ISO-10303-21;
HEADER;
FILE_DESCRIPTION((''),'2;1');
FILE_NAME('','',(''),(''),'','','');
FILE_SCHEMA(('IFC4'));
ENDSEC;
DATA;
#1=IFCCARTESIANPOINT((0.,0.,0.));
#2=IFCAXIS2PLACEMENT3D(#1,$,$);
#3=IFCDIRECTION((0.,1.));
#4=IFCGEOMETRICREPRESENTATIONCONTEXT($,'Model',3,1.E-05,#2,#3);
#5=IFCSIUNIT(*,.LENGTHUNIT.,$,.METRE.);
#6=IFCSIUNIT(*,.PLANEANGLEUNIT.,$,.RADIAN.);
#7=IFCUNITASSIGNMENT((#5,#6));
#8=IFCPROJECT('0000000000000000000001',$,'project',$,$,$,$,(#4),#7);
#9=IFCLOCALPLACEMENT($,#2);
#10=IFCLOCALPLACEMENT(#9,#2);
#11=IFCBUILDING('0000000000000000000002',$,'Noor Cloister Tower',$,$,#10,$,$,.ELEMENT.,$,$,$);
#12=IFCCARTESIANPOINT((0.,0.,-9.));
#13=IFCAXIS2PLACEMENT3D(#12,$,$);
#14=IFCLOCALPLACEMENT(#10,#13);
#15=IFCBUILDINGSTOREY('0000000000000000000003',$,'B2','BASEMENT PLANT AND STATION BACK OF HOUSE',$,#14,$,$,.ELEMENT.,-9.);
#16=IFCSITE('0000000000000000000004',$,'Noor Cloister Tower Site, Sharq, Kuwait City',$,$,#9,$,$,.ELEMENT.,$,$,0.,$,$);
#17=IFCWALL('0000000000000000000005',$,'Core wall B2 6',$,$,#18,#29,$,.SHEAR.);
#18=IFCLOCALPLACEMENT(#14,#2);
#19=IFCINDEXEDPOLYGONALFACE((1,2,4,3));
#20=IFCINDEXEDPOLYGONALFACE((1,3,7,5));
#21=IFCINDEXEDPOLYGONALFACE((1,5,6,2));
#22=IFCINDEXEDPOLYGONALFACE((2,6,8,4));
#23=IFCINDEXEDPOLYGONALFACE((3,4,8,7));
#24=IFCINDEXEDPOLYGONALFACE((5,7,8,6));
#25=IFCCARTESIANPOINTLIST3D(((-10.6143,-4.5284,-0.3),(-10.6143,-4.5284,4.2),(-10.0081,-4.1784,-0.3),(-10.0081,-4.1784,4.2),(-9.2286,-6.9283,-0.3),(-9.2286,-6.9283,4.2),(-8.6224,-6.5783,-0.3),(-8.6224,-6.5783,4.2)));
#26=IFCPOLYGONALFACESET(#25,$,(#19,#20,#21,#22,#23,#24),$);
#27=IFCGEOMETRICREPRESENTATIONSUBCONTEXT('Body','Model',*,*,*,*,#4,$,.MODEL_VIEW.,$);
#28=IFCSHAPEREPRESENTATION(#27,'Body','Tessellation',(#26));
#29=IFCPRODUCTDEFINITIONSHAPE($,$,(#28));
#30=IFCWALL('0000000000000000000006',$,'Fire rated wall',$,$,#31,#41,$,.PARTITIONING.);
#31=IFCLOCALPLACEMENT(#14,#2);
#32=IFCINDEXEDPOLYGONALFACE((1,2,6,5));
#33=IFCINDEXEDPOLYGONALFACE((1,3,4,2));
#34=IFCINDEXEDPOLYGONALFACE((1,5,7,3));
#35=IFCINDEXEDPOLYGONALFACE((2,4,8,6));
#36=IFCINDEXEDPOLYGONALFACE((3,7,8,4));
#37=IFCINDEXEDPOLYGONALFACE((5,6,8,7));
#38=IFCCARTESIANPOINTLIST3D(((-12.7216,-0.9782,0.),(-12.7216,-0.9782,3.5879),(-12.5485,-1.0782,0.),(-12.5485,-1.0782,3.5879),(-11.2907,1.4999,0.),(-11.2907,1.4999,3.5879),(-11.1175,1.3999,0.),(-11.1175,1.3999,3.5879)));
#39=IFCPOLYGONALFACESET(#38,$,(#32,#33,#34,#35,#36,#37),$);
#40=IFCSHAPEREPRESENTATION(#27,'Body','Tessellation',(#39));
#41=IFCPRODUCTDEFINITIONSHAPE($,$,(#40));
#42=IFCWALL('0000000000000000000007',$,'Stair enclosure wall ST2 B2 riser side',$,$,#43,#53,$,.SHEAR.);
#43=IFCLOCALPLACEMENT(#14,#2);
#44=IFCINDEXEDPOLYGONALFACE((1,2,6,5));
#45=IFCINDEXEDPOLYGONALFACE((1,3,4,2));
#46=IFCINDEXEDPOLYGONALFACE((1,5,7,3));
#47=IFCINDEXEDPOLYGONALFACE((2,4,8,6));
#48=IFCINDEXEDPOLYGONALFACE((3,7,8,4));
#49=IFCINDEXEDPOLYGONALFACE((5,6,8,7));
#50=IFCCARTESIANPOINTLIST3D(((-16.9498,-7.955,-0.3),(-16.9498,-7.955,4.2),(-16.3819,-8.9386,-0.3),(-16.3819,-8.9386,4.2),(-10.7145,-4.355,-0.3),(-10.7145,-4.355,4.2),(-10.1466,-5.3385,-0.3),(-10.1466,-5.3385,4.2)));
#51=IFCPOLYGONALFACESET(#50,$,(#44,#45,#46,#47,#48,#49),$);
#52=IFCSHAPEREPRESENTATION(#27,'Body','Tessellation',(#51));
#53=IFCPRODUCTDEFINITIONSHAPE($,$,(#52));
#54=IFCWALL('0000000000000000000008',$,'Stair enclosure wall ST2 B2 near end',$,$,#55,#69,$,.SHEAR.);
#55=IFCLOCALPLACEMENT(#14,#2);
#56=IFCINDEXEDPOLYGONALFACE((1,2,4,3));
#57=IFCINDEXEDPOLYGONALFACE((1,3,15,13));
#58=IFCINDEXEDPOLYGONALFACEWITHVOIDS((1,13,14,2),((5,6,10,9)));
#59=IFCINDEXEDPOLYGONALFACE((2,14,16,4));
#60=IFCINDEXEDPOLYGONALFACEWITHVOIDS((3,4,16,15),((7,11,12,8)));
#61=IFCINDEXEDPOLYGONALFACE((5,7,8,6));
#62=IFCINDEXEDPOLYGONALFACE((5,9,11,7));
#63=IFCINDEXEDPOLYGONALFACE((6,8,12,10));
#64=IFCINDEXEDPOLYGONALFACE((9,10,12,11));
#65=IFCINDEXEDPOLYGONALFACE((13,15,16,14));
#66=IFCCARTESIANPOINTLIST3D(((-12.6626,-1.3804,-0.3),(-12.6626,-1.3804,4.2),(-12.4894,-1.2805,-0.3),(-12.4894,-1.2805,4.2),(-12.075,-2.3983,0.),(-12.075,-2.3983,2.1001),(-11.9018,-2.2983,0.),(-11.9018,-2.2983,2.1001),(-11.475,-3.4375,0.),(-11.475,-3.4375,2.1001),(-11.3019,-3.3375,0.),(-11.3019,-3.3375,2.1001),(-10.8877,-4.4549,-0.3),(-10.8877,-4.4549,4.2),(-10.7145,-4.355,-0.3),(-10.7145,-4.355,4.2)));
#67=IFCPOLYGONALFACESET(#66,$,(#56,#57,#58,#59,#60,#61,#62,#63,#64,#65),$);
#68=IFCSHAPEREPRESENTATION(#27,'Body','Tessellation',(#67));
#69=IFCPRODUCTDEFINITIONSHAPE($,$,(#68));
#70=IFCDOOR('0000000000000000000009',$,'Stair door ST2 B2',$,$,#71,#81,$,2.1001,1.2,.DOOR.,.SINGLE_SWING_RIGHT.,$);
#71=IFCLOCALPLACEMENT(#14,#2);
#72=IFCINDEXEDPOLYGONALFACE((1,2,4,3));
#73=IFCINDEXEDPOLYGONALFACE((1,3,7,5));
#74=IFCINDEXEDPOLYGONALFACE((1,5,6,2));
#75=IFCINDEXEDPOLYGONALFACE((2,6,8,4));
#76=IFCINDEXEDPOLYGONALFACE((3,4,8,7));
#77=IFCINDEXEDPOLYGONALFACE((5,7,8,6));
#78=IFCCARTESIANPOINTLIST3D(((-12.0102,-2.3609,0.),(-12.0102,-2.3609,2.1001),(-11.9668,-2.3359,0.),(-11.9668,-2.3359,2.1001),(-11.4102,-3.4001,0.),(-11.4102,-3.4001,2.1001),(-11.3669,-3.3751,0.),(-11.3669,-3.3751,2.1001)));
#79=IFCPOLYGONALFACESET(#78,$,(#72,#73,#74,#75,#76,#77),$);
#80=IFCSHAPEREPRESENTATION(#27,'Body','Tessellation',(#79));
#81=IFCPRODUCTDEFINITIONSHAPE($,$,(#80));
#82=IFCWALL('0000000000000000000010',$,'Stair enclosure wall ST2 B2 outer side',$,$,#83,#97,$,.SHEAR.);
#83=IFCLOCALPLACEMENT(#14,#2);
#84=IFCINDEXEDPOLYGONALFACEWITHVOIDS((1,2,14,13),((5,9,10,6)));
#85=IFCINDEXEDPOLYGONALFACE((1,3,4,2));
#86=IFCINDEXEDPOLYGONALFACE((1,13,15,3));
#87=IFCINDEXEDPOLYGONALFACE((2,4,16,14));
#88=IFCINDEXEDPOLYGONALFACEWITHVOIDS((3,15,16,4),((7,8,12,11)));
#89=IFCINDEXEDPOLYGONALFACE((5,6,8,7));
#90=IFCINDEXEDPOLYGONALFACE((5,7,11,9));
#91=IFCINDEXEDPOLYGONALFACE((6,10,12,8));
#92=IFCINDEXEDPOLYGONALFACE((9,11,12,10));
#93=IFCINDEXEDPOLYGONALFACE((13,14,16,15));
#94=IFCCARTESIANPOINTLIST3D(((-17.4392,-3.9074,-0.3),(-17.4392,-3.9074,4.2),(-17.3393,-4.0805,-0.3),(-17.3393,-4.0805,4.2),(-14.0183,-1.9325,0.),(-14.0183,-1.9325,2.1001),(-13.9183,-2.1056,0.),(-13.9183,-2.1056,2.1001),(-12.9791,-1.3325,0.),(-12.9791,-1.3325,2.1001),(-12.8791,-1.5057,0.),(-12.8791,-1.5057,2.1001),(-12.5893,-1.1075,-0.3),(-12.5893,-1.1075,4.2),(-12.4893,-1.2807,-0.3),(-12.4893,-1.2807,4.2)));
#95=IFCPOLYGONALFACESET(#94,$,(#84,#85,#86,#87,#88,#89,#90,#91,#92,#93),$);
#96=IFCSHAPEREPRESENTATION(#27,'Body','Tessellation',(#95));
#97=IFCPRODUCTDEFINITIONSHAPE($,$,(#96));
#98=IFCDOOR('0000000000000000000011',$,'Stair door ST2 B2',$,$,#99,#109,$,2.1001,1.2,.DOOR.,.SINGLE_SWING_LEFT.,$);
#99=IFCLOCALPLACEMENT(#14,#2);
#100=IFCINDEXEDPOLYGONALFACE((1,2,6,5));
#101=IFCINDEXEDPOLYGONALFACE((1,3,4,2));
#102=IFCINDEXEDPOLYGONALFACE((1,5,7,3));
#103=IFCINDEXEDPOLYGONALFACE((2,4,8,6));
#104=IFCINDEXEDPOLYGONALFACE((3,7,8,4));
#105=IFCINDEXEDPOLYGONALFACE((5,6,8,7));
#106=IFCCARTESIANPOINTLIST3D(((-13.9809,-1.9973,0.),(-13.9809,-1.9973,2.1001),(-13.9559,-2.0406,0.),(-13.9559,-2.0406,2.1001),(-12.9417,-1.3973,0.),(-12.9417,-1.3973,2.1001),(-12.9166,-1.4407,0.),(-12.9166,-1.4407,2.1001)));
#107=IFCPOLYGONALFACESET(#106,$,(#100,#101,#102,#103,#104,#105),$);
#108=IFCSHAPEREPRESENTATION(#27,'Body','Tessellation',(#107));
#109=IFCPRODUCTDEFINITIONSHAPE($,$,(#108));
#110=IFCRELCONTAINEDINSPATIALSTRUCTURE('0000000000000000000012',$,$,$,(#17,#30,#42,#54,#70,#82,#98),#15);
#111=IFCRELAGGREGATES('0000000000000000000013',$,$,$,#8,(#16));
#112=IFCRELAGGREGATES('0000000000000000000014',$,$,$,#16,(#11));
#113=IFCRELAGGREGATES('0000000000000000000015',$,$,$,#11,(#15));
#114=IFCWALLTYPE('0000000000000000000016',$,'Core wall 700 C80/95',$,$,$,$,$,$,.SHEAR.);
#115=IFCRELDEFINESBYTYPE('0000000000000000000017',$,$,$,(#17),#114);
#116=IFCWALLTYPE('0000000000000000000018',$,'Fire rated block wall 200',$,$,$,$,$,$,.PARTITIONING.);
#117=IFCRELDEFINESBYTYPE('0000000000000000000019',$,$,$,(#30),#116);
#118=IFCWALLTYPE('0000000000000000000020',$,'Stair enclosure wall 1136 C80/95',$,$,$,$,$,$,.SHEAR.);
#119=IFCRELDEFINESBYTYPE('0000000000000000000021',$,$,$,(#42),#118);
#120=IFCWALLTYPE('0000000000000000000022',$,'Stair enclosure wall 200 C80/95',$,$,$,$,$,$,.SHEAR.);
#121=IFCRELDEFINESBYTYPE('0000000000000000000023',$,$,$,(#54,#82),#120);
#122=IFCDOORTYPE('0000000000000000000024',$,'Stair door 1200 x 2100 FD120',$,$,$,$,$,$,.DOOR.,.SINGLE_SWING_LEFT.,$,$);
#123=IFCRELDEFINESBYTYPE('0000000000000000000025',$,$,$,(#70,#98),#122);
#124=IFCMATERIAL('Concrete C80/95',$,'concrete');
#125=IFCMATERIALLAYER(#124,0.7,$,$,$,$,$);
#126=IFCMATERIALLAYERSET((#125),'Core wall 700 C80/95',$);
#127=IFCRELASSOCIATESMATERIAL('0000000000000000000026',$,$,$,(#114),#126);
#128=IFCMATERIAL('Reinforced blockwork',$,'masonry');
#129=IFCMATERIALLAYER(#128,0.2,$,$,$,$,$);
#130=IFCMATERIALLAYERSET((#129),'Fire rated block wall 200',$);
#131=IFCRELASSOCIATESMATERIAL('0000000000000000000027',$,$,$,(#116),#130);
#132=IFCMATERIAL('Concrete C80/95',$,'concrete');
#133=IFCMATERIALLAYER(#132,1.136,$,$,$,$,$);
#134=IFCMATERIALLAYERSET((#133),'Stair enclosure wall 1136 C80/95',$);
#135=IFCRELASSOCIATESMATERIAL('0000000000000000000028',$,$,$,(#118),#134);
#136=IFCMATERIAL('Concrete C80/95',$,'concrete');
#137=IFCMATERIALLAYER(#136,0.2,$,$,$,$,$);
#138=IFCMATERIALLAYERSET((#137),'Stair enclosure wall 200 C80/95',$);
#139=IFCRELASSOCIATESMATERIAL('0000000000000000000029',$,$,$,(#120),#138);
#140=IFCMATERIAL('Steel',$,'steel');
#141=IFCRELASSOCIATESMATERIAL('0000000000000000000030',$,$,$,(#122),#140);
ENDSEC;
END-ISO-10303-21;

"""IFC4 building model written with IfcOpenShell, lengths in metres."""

from ifc_helpers import new_model, si_unit, direction, frame, frame_2d, origin, place, context, subcontext, project, spatial, rectangle, extrude, material, layer, layer_set, type_object, element, fill, save


model = new_model("IFC4")

# Units and contexts
model_context = context("Model", 3, precision=1e-05, world=origin(), true_north=direction((0.0, 1.0)))
body_context = subcontext(model_context, "Body", "Model", "MODEL_VIEW")
ifc_project = project(units=[si_unit("LENGTHUNIT", "METRE"), si_unit("PLANEANGLEUNIT", "RADIAN")], contexts=[model_context])

# Site, building, storey
site_placement = place(None, origin())
site = spatial("IfcSite", under=ifc_project, at=site_placement, Name="Noor Cloister Tower Site, Sharq, Kuwait City", CompositionType="ELEMENT", RefElevation=0.0)
building_placement = place(site_placement, origin())
building = spatial("IfcBuilding", under=site, at=building_placement, Name="Noor Cloister Tower", CompositionType="ELEMENT")
storey_placement = place(building_placement, frame((0.0, 0.0, -9.0)))
storey = spatial("IfcBuildingStorey", under=building, at=storey_placement, Name="B2", Description="BASEMENT PLANT AND STATION BACK OF HOUSE", CompositionType="ELEMENT", Elevation=-9.0)

# Walls
ifc_material_1 = material(Name="Concrete C80/95", Category="concrete")
ifc_layer_1 = layer(ifc_material_1, 0.7)
ifc_layer_set_1 = layer_set([ifc_layer_1], Name="Core wall 700 C80/95")
wall_type_1 = type_object("IfcWallType", Name="Core wall 700 C80/95", PredefinedType="SHEAR", material=ifc_layer_set_1)
wall_1_placement = place(storey_placement, frame((-10.3113, -4.3533, -0.3), z_axis=(0.0, 0.0, 1.0), x_axis=(0.500043, -0.866001, 0.0)))
element("IfcWall", 1, at=wall_1_placement, inside=storey, type_object=wall_type_1, Name="Core wall B2 6", PredefinedType="SHEAR", context=body_context, shape_type="SweptSolid", body=[
    extrude(rectangle(XDim=2.7712, YDim=0.7, at=frame_2d((1.3857, 0.0))), origin(), (0.0, 0.0, 1.0), 4.5),
])
ifc_material_2 = material(Name="Reinforced blockwork", Category="masonry")
ifc_layer_2 = layer(ifc_material_2, 0.2)
ifc_layer_set_2 = layer_set([ifc_layer_2], Name="Fire rated block wall 200")
wall_type_2 = type_object("IfcWallType", Name="Fire rated block wall 200", PredefinedType="PARTITIONING", material=ifc_layer_set_2)
wall_2_placement = place(storey_placement, frame((-12.635, -1.0281, 0.0), z_axis=(0.0, 0.0, 1.0), x_axis=(0.500057, 0.865992, 0.0)))
element("IfcWall", 2, at=wall_2_placement, inside=storey, type_object=wall_type_2, Name="Fire rated wall", PredefinedType="PARTITIONING", context=body_context, shape_type="SweptSolid", body=[
    extrude(rectangle(XDim=2.8616, YDim=0.2, at=frame_2d((1.4307, 0.0))), origin(), (0.0, 0.0, 1.0), 3.5879),
])
ifc_material_3 = material(Name="Concrete C80/95", Category="concrete")
ifc_layer_3 = layer(ifc_material_3, 1.136)
ifc_layer_set_3 = layer_set([ifc_layer_3], Name="Stair enclosure wall 1136 C80/95")
wall_type_3 = type_object("IfcWallType", Name="Stair enclosure wall 1136 C80/95", PredefinedType="SHEAR", material=ifc_layer_set_3)
wall_3_placement = place(storey_placement, frame((-10.4304, -4.8467, -0.3), z_axis=(0.0, 0.0, 1.0), x_axis=(-0.866018, -0.500012, 0.0)))
element("IfcWall", 3, at=wall_3_placement, inside=storey, type_object=wall_type_3, Name="Stair enclosure wall ST2 B2 riser side", PredefinedType="SHEAR", context=body_context, shape_type="SweptSolid", body=[
    extrude(rectangle(XDim=7.2, YDim=1.1357, at=frame_2d((3.6001, 0.0))), origin(), (0.0, 0.0, 1.0), 4.5),
])

# Walls, openings, doors
ifc_material_4 = material(Name="Concrete C80/95", Category="concrete")
ifc_layer_4 = layer(ifc_material_4, 0.2)
ifc_layer_set_4 = layer_set([ifc_layer_4], Name="Stair enclosure wall 200 C80/95")
wall_type_4 = type_object("IfcWallType", Name="Stair enclosure wall 200 C80/95", PredefinedType="SHEAR", material=ifc_layer_set_4)
wall_4_placement = place(storey_placement, frame((-12.5759, -1.3306, -0.3), z_axis=(0.0, 0.0, 1.0), x_axis=(0.49997, -0.866042, 0.0)))
wall_4 = element("IfcWall", 4, at=wall_4_placement, inside=storey, type_object=wall_type_4, Name="Stair enclosure wall ST2 B2 near end", PredefinedType="SHEAR", context=body_context, shape_type="SweptSolid", body=[
    extrude(rectangle(XDim=3.55, YDim=0.2, at=frame_2d((1.7749, 0.0))), origin(), (0.0, 0.0, 1.0), 4.5),
])
opening_1_placement = place(wall_4_placement, frame((1.175, 0.0, 0.3)))
opening_1 = element("IfcOpeningElement", 5, at=opening_1_placement, cuts=wall_4, PredefinedType="OPENING", context=body_context, shape_type="SweptSolid", body=[
    extrude(rectangle(XDim=1.2, YDim=2.1001, at=frame_2d((0.6001, 1.05))), frame((0.0, 0.1099, 0.0), z_axis=(0.0, -1.0, 0.0), x_axis=(1.0, 0.0, 0.0)), (0.0, 0.0, 1.0), 0.22),
])
ifc_material_5 = material(Name="Steel", Category="steel")
door_type_1 = type_object("IfcDoorType", Name="Stair door 1200 x 2100 FD120", OperationType="SINGLE_SWING_LEFT", PredefinedType="DOOR", material=ifc_material_5)
door_1_placement = place(opening_1_placement, origin())
door_1 = element("IfcDoor", 6, at=door_1_placement, inside=storey, type_object=door_type_1, Name="Stair door ST2 B2", OperationType="SINGLE_SWING_RIGHT", OverallHeight=2.1001, OverallWidth=1.2, PredefinedType="DOOR", context=body_context, shape_type="SweptSolid", body=[
    extrude(rectangle(XDim=1.2, YDim=2.1001, at=frame_2d((0.6001, 1.05))), frame((0.0, 0.0249, 0.0), z_axis=(0.0, -1.0, 0.0), x_axis=(1.0, 0.0, 0.0)), (0.0, 0.0, 1.0), 0.05),
])
fill(opening_1, door_1)
wall_5_placement = place(storey_placement, frame((-12.5393, -1.1941, -0.3), z_axis=(0.0, 0.0, 1.0), x_axis=(-0.866045, -0.499965, 0.0)))
wall_5 = element("IfcWall", 7, at=wall_5_placement, inside=storey, type_object=wall_type_4, Name="Stair enclosure wall ST2 B2 outer side", PredefinedType="SHEAR", context=body_context, shape_type="SweptSolid", body=[
    extrude(rectangle(XDim=5.6001, YDim=0.2, at=frame_2d((2.8, 0.0))), origin(), (0.0, 0.0, 1.0), 4.5),
])
opening_2_placement = place(wall_5_placement, frame((0.45, 0.0, 0.3)))
opening_2 = element("IfcOpeningElement", 8, at=opening_2_placement, cuts=wall_5, PredefinedType="OPENING", context=body_context, shape_type="SweptSolid", body=[
    extrude(rectangle(XDim=1.2, YDim=2.1001, at=frame_2d((0.6001, 1.05))), frame((0.0, 0.1099, 0.0), z_axis=(0.0, -1.0, 0.0), x_axis=(1.0, 0.0, 0.0)), (0.0, 0.0, 1.0), 0.22),
])
door_2_placement = place(opening_2_placement, origin())
door_2 = element("IfcDoor", 9, at=door_2_placement, inside=storey, type_object=door_type_1, Name="Stair door ST2 B2", OperationType="SINGLE_SWING_LEFT", OverallHeight=2.1001, OverallWidth=1.2, PredefinedType="DOOR", context=body_context, shape_type="SweptSolid", body=[
    extrude(rectangle(XDim=1.2, YDim=2.1001, at=frame_2d((0.6001, 1.05))), frame((0.0, 0.0249, 0.0), z_axis=(0.0, -1.0, 0.0), x_axis=(1.0, 0.0, 0.0)), (0.0, 0.0, 1.0), 0.05),
])
fill(opening_2, door_2)

save(model, "model.ifc")
